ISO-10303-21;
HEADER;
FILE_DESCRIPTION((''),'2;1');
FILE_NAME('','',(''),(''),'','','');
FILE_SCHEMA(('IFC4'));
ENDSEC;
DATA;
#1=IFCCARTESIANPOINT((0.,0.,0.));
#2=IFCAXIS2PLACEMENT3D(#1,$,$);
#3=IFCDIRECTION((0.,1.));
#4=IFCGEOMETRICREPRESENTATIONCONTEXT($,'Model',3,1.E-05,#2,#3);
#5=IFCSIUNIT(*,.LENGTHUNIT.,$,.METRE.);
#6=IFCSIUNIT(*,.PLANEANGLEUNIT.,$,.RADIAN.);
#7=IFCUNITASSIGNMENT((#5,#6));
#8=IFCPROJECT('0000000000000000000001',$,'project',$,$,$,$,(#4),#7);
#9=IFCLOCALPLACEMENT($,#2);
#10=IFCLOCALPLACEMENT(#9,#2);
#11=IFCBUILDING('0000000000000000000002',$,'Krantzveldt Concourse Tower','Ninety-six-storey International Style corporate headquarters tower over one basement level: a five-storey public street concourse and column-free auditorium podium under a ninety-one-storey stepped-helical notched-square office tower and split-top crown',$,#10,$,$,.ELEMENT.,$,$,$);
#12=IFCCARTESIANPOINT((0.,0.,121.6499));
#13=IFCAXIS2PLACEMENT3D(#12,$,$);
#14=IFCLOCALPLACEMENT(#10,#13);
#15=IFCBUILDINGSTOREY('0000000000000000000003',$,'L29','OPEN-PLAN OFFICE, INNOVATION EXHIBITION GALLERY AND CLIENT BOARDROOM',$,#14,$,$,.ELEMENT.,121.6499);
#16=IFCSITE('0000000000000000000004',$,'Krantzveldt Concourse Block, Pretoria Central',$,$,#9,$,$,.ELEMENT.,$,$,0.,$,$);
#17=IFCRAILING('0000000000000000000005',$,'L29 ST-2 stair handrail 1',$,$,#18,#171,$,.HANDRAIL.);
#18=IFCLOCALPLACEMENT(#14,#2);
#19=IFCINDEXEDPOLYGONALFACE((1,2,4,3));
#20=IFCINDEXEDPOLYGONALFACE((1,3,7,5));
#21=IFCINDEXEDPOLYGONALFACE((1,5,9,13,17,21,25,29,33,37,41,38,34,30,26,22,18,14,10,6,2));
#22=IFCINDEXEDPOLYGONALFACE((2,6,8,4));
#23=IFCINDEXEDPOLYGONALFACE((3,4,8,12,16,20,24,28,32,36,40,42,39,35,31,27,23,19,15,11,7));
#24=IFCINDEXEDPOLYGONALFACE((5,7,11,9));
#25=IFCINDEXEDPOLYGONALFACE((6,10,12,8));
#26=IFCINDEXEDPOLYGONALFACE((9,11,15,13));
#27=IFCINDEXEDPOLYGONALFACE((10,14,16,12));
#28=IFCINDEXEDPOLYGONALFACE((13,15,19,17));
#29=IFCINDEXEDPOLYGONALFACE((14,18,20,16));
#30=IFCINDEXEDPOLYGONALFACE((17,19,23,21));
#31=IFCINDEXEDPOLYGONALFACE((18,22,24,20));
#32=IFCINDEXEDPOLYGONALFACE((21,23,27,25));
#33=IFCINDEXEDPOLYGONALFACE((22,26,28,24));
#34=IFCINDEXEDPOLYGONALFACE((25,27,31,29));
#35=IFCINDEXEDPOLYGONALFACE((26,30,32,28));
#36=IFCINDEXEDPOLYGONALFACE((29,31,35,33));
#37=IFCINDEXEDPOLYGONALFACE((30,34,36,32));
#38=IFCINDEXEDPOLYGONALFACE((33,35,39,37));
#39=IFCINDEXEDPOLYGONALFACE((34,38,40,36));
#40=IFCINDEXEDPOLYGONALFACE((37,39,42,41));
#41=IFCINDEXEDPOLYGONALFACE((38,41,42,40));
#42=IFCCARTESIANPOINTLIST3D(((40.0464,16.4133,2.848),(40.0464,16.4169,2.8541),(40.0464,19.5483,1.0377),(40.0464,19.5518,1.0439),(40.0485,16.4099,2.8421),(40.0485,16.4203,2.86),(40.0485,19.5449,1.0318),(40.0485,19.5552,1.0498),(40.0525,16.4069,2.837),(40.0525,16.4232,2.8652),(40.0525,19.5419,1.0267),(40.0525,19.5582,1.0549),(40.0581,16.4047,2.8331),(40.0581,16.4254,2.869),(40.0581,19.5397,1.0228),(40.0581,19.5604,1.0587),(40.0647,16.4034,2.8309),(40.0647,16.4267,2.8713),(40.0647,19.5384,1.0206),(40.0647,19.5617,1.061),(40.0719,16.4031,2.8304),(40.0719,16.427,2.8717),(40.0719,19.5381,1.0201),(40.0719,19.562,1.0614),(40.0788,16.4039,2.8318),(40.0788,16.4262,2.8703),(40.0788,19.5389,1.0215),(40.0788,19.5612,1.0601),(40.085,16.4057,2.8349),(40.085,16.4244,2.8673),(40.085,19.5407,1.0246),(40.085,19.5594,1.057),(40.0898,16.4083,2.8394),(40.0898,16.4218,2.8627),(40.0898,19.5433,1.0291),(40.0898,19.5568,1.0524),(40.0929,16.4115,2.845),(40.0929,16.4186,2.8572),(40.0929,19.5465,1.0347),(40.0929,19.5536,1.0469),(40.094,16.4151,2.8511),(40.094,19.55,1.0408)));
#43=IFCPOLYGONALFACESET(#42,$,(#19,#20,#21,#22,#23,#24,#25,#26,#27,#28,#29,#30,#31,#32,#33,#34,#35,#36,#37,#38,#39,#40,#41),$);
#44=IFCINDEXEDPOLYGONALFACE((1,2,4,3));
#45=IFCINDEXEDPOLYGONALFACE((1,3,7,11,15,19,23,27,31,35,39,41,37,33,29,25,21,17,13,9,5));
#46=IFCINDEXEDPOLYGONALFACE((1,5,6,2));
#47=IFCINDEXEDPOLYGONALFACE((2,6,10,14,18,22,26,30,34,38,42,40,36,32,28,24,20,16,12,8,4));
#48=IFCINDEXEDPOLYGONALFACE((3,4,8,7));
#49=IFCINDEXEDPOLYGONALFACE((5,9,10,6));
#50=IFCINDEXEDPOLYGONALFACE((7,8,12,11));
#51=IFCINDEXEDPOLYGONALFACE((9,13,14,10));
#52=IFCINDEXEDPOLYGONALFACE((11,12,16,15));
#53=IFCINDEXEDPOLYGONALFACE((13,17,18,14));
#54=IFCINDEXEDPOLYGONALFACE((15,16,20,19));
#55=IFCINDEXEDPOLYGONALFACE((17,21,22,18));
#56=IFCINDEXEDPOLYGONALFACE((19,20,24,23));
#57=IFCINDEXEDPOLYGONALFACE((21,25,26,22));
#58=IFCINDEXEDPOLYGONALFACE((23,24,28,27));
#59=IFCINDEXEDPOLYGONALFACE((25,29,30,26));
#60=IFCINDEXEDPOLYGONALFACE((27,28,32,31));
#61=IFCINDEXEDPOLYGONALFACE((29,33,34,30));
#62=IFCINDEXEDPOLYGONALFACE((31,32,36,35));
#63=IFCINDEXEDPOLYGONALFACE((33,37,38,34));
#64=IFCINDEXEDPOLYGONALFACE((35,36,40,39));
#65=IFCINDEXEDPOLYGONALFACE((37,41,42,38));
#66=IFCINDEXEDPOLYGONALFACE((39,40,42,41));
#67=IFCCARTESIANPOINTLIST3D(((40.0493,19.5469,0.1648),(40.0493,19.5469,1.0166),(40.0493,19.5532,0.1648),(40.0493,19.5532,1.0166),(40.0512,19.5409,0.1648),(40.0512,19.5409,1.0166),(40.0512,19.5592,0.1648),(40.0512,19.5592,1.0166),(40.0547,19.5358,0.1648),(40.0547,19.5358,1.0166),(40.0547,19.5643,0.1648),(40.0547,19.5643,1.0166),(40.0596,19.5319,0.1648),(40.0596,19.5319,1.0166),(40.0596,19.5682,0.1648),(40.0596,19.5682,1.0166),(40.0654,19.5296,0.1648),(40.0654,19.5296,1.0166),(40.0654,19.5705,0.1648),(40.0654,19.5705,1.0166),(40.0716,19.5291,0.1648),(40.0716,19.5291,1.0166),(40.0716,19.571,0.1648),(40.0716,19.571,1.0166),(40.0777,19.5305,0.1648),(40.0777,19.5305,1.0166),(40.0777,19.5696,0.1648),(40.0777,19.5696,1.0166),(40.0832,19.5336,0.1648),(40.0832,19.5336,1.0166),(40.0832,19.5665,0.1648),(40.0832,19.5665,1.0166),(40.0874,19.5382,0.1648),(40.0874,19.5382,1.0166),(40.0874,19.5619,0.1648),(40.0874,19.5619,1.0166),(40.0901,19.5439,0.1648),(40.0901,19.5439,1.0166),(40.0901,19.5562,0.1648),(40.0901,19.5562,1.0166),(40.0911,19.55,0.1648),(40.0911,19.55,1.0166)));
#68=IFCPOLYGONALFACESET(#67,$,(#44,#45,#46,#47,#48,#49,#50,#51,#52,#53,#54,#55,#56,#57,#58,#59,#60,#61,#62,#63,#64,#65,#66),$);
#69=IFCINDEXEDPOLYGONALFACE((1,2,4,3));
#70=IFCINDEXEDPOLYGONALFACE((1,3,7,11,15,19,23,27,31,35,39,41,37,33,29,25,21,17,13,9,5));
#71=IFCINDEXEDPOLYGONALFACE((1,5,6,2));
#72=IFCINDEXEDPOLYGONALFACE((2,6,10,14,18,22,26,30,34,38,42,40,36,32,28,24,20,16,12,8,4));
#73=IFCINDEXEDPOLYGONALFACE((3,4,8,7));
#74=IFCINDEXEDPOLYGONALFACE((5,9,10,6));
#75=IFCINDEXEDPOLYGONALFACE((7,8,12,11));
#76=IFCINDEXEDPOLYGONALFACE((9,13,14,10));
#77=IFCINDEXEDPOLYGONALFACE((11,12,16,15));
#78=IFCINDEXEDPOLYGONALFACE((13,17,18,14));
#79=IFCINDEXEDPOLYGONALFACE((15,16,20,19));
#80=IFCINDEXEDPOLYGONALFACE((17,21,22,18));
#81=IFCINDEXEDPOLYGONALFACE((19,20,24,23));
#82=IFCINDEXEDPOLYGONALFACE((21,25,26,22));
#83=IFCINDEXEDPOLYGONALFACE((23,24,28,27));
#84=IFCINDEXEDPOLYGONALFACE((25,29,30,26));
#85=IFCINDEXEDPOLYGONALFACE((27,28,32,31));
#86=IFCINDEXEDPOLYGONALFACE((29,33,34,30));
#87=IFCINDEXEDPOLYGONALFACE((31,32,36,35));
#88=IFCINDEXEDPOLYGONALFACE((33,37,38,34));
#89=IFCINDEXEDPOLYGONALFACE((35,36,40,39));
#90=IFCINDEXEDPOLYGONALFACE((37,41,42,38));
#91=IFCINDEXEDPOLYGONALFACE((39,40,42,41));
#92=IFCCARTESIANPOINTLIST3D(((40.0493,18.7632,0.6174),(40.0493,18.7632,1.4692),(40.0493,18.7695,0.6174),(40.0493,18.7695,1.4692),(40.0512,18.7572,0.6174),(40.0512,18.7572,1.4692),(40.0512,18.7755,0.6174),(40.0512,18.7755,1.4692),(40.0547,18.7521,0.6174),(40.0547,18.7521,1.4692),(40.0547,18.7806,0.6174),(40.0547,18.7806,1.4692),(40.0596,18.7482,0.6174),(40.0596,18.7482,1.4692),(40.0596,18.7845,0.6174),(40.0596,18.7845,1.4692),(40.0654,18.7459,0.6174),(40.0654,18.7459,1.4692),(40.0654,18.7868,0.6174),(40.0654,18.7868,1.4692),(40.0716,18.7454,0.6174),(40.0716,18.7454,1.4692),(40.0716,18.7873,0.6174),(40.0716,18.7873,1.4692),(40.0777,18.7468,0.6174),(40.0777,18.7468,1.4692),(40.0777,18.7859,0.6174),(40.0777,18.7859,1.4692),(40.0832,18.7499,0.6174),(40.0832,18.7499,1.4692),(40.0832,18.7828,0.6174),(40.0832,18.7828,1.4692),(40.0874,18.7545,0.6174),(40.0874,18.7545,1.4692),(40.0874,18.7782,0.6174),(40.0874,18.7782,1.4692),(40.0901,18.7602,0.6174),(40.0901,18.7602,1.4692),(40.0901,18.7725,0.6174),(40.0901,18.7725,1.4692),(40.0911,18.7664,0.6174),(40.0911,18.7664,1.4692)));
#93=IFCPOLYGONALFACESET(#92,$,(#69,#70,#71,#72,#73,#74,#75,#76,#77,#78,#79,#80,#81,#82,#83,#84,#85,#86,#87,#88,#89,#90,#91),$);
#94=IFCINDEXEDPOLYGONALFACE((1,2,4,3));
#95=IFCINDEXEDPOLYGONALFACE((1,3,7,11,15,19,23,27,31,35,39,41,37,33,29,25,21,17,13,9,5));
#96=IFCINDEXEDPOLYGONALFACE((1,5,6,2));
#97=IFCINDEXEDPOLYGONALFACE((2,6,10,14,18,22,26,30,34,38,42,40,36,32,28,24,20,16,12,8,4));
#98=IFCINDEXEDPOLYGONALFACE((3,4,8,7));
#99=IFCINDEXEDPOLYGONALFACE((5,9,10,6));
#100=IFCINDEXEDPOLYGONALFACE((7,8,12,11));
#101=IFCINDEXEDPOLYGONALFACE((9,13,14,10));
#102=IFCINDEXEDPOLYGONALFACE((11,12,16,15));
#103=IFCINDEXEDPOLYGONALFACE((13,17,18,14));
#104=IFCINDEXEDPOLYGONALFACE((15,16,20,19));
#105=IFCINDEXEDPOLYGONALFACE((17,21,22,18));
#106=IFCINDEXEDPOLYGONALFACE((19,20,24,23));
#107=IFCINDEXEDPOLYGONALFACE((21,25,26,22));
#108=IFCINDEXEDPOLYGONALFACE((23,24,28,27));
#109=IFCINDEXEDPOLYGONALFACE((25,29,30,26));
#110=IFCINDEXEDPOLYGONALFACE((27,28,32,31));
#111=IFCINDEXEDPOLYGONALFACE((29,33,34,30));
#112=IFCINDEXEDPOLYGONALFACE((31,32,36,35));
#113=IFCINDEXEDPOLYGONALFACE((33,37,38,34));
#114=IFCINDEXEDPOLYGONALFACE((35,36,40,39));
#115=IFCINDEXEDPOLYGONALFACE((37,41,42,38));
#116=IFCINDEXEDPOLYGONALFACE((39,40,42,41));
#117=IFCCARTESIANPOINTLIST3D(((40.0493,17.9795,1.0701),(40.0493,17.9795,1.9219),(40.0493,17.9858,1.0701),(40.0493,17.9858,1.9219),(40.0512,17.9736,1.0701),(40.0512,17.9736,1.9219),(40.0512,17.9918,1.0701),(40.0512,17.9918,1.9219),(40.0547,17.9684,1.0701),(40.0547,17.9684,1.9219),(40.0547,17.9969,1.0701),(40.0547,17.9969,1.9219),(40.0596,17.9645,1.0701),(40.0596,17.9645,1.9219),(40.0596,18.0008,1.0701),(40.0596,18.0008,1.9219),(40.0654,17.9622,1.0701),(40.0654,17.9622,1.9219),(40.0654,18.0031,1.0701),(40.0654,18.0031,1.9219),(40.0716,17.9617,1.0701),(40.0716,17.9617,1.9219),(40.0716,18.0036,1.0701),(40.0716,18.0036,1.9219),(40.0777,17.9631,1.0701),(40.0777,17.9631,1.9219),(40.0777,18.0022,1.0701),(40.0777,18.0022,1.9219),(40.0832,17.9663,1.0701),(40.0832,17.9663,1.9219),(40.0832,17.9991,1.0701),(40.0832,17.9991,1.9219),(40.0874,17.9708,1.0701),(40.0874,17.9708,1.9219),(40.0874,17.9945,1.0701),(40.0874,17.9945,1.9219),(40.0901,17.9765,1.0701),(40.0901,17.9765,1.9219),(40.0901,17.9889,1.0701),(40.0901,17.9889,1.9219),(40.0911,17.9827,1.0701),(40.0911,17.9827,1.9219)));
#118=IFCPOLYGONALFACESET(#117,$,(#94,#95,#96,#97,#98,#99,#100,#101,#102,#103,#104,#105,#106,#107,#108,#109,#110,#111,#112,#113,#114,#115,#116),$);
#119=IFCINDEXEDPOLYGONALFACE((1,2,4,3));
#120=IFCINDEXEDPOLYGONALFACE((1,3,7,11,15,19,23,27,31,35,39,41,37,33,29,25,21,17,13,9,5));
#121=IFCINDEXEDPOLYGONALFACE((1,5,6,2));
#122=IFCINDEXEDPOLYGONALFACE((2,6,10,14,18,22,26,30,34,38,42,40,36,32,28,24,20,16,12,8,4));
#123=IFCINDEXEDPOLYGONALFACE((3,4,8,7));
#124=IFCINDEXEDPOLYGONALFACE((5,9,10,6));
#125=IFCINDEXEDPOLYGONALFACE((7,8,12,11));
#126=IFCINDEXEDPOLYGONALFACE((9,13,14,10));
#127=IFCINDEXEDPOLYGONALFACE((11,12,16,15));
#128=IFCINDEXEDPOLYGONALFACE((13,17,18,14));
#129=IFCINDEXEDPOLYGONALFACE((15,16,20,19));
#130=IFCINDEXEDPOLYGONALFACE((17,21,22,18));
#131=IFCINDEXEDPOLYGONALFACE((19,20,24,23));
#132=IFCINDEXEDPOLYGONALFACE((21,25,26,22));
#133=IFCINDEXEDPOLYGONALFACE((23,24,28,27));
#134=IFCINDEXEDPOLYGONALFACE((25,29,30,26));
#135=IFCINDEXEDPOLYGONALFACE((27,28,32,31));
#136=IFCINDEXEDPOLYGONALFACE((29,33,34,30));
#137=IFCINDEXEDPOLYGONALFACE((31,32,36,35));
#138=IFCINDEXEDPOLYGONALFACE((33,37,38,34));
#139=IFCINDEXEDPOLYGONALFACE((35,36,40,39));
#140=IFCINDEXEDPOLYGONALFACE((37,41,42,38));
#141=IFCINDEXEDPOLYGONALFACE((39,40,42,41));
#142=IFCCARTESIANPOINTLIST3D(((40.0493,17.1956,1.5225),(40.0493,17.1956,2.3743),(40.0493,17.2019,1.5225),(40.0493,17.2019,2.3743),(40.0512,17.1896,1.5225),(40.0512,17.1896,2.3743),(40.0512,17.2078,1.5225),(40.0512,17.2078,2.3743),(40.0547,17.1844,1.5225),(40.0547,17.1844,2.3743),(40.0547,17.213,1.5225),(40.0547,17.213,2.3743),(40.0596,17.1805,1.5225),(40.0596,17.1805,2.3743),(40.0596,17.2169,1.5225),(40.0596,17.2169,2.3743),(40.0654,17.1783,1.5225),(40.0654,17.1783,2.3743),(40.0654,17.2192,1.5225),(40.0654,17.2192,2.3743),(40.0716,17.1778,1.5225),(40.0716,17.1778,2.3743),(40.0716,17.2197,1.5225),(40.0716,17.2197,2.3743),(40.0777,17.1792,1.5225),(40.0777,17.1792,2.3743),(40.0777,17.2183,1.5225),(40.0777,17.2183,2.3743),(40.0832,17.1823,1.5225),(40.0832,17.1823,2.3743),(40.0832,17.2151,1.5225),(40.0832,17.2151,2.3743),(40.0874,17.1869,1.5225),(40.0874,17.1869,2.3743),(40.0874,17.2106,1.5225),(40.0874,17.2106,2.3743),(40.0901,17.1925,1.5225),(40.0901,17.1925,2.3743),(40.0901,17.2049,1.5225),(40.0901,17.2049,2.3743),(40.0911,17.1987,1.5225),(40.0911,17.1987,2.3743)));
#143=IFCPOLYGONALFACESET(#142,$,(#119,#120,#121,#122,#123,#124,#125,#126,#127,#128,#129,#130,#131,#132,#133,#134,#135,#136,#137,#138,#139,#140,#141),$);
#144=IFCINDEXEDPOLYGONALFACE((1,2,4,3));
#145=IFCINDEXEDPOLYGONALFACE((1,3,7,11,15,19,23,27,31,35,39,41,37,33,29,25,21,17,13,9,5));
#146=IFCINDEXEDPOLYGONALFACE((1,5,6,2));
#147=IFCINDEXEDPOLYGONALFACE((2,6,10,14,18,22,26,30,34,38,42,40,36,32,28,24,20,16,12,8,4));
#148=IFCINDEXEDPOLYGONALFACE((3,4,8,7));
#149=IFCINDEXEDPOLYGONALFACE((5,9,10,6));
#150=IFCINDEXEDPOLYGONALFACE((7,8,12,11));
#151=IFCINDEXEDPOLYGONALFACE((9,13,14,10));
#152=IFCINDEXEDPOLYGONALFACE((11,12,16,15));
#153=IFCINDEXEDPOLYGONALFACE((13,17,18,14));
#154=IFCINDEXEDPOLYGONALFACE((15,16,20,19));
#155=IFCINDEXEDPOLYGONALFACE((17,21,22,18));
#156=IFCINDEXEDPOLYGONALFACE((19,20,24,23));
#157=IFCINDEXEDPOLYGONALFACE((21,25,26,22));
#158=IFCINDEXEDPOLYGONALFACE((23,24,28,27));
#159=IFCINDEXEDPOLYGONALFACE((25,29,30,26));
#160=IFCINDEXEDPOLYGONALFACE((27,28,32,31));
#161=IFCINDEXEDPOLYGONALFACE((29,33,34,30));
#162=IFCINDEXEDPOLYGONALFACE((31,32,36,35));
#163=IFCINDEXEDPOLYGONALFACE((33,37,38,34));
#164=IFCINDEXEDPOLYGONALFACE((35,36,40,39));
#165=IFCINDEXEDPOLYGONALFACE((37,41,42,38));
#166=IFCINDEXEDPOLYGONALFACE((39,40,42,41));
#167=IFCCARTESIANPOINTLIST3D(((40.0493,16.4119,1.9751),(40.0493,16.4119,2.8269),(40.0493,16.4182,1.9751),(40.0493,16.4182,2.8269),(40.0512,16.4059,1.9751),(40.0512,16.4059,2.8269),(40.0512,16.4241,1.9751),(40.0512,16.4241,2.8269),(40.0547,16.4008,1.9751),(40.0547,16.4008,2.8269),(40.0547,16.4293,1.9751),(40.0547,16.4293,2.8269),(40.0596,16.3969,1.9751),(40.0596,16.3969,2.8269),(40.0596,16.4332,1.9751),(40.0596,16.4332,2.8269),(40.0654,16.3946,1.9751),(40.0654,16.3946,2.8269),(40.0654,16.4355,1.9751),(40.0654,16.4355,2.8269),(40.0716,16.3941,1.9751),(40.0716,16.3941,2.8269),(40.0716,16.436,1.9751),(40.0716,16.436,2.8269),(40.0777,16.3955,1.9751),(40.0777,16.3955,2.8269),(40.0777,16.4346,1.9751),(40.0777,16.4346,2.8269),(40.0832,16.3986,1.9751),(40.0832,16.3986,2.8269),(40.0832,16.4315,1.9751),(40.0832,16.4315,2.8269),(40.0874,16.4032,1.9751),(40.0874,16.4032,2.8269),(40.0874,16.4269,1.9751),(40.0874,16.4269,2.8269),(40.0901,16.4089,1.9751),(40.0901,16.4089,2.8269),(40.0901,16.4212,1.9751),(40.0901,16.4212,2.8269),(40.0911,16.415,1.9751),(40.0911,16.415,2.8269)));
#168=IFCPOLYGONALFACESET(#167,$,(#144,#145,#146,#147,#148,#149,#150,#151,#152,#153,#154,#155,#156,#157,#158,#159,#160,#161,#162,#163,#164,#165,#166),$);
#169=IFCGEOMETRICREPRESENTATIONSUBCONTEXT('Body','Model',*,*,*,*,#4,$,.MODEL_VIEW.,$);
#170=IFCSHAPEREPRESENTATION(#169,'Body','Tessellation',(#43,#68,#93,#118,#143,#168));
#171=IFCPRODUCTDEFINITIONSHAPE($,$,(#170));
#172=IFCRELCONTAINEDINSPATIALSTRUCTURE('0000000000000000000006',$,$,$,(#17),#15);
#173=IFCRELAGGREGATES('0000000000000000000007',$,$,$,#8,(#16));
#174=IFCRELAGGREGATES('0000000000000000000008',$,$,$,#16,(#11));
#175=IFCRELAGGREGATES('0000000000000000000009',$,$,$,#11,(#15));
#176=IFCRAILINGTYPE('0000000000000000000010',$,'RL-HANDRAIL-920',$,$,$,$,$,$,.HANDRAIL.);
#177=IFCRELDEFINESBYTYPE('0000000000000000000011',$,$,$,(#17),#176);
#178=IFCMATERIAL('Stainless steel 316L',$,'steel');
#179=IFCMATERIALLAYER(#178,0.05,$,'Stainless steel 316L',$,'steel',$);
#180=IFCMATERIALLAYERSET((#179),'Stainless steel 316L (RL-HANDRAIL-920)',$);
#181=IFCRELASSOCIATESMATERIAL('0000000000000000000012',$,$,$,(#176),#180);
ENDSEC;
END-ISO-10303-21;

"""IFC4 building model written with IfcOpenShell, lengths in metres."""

from ifc_helpers import new_model, si_unit, direction, frame, origin, origin_2d, place, context, subcontext, project, spatial, circle, extrude, material, layer, layer_set, type_object, element, save


model = new_model("IFC4")

# Units and contexts
model_context = context("Model", 3, precision=1e-05, world=origin(), true_north=direction((0.0, 1.0)))
body_context = subcontext(model_context, "Body", "Model", "MODEL_VIEW")
ifc_project = project(units=[si_unit("LENGTHUNIT", "METRE"), si_unit("PLANEANGLEUNIT", "RADIAN")], contexts=[model_context])

# Site, building, storey
site_placement = place(None, origin())
site = spatial("IfcSite", under=ifc_project, at=site_placement, Name="Krantzveldt Concourse Block, Pretoria Central", CompositionType="ELEMENT", RefElevation=0.0)
building_placement = place(site_placement, origin())
building = spatial("IfcBuilding", under=site, at=building_placement, Name="Krantzveldt Concourse Tower", Description="Ninety-six-storey International Style corporate headquarters tower over one basement level: a five-storey public street concourse and column-free auditorium podium under a ninety-one-storey stepped-helical notched-square office tower and split-top crown", CompositionType="ELEMENT")
storey_placement = place(building_placement, frame((0.0, 0.0, 121.6499)))
storey = spatial("IfcBuildingStorey", under=building, at=storey_placement, Name="L29", Description="OPEN-PLAN OFFICE, INNOVATION EXHIBITION GALLERY AND CLIENT BOARDROOM", CompositionType="ELEMENT", Elevation=121.6499)

# Shared definitions
ifc_material_1 = material(Name="Stainless steel 316L", Category="steel")

# Railing
ifc_layer_1 = layer(ifc_material_1, 0.05, Name="Stainless steel 316L", Category="steel")
ifc_layer_set_1 = layer_set([ifc_layer_1], Name="Stainless steel 316L (RL-HANDRAIL-920)")
railing_type_1 = type_object("IfcRailingType", Name="RL-HANDRAIL-920", PredefinedType="HANDRAIL", material=ifc_layer_set_1)
railing_1_placement = place(storey_placement, frame((40.0701, 19.55, 0.1648)))
element("IfcRailing", 1, at=railing_1_placement, inside=storey, type_object=railing_type_1, Name="L29 ST-2 stair handrail 1", PredefinedType="HANDRAIL", context=body_context, shape_type="SweptSolid", body=[
    extrude(circle(Radius=0.0239, at=origin_2d()), frame((0.0, 0.0, 0.876), z_axis=(0.0, -0.865989, 0.500063), x_axis=(1.0, 0.0, 0.0)), (0.0, 0.0, 1.0), 3.6201),
    extrude(circle(Radius=0.021, at=origin_2d()), origin(), (0.0, 0.0, 1.0), 0.8518),
    extrude(circle(Radius=0.021, at=origin_2d()), frame((0.0, -0.7837, 0.4526)), (0.0, 0.0, 1.0), 0.8518),
    extrude(circle(Radius=0.021, at=origin_2d()), frame((0.0, -1.5674, 0.9053)), (0.0, 0.0, 1.0), 0.8518),
    extrude(circle(Radius=0.021, at=origin_2d()), frame((0.0, -2.3513, 1.3577)), (0.0, 0.0, 1.0), 0.8518),
    extrude(circle(Radius=0.021, at=origin_2d()), frame((0.0, -3.135, 1.8103)), (0.0, 0.0, 1.0), 0.8518),
])

save(model, "model.ifc")
